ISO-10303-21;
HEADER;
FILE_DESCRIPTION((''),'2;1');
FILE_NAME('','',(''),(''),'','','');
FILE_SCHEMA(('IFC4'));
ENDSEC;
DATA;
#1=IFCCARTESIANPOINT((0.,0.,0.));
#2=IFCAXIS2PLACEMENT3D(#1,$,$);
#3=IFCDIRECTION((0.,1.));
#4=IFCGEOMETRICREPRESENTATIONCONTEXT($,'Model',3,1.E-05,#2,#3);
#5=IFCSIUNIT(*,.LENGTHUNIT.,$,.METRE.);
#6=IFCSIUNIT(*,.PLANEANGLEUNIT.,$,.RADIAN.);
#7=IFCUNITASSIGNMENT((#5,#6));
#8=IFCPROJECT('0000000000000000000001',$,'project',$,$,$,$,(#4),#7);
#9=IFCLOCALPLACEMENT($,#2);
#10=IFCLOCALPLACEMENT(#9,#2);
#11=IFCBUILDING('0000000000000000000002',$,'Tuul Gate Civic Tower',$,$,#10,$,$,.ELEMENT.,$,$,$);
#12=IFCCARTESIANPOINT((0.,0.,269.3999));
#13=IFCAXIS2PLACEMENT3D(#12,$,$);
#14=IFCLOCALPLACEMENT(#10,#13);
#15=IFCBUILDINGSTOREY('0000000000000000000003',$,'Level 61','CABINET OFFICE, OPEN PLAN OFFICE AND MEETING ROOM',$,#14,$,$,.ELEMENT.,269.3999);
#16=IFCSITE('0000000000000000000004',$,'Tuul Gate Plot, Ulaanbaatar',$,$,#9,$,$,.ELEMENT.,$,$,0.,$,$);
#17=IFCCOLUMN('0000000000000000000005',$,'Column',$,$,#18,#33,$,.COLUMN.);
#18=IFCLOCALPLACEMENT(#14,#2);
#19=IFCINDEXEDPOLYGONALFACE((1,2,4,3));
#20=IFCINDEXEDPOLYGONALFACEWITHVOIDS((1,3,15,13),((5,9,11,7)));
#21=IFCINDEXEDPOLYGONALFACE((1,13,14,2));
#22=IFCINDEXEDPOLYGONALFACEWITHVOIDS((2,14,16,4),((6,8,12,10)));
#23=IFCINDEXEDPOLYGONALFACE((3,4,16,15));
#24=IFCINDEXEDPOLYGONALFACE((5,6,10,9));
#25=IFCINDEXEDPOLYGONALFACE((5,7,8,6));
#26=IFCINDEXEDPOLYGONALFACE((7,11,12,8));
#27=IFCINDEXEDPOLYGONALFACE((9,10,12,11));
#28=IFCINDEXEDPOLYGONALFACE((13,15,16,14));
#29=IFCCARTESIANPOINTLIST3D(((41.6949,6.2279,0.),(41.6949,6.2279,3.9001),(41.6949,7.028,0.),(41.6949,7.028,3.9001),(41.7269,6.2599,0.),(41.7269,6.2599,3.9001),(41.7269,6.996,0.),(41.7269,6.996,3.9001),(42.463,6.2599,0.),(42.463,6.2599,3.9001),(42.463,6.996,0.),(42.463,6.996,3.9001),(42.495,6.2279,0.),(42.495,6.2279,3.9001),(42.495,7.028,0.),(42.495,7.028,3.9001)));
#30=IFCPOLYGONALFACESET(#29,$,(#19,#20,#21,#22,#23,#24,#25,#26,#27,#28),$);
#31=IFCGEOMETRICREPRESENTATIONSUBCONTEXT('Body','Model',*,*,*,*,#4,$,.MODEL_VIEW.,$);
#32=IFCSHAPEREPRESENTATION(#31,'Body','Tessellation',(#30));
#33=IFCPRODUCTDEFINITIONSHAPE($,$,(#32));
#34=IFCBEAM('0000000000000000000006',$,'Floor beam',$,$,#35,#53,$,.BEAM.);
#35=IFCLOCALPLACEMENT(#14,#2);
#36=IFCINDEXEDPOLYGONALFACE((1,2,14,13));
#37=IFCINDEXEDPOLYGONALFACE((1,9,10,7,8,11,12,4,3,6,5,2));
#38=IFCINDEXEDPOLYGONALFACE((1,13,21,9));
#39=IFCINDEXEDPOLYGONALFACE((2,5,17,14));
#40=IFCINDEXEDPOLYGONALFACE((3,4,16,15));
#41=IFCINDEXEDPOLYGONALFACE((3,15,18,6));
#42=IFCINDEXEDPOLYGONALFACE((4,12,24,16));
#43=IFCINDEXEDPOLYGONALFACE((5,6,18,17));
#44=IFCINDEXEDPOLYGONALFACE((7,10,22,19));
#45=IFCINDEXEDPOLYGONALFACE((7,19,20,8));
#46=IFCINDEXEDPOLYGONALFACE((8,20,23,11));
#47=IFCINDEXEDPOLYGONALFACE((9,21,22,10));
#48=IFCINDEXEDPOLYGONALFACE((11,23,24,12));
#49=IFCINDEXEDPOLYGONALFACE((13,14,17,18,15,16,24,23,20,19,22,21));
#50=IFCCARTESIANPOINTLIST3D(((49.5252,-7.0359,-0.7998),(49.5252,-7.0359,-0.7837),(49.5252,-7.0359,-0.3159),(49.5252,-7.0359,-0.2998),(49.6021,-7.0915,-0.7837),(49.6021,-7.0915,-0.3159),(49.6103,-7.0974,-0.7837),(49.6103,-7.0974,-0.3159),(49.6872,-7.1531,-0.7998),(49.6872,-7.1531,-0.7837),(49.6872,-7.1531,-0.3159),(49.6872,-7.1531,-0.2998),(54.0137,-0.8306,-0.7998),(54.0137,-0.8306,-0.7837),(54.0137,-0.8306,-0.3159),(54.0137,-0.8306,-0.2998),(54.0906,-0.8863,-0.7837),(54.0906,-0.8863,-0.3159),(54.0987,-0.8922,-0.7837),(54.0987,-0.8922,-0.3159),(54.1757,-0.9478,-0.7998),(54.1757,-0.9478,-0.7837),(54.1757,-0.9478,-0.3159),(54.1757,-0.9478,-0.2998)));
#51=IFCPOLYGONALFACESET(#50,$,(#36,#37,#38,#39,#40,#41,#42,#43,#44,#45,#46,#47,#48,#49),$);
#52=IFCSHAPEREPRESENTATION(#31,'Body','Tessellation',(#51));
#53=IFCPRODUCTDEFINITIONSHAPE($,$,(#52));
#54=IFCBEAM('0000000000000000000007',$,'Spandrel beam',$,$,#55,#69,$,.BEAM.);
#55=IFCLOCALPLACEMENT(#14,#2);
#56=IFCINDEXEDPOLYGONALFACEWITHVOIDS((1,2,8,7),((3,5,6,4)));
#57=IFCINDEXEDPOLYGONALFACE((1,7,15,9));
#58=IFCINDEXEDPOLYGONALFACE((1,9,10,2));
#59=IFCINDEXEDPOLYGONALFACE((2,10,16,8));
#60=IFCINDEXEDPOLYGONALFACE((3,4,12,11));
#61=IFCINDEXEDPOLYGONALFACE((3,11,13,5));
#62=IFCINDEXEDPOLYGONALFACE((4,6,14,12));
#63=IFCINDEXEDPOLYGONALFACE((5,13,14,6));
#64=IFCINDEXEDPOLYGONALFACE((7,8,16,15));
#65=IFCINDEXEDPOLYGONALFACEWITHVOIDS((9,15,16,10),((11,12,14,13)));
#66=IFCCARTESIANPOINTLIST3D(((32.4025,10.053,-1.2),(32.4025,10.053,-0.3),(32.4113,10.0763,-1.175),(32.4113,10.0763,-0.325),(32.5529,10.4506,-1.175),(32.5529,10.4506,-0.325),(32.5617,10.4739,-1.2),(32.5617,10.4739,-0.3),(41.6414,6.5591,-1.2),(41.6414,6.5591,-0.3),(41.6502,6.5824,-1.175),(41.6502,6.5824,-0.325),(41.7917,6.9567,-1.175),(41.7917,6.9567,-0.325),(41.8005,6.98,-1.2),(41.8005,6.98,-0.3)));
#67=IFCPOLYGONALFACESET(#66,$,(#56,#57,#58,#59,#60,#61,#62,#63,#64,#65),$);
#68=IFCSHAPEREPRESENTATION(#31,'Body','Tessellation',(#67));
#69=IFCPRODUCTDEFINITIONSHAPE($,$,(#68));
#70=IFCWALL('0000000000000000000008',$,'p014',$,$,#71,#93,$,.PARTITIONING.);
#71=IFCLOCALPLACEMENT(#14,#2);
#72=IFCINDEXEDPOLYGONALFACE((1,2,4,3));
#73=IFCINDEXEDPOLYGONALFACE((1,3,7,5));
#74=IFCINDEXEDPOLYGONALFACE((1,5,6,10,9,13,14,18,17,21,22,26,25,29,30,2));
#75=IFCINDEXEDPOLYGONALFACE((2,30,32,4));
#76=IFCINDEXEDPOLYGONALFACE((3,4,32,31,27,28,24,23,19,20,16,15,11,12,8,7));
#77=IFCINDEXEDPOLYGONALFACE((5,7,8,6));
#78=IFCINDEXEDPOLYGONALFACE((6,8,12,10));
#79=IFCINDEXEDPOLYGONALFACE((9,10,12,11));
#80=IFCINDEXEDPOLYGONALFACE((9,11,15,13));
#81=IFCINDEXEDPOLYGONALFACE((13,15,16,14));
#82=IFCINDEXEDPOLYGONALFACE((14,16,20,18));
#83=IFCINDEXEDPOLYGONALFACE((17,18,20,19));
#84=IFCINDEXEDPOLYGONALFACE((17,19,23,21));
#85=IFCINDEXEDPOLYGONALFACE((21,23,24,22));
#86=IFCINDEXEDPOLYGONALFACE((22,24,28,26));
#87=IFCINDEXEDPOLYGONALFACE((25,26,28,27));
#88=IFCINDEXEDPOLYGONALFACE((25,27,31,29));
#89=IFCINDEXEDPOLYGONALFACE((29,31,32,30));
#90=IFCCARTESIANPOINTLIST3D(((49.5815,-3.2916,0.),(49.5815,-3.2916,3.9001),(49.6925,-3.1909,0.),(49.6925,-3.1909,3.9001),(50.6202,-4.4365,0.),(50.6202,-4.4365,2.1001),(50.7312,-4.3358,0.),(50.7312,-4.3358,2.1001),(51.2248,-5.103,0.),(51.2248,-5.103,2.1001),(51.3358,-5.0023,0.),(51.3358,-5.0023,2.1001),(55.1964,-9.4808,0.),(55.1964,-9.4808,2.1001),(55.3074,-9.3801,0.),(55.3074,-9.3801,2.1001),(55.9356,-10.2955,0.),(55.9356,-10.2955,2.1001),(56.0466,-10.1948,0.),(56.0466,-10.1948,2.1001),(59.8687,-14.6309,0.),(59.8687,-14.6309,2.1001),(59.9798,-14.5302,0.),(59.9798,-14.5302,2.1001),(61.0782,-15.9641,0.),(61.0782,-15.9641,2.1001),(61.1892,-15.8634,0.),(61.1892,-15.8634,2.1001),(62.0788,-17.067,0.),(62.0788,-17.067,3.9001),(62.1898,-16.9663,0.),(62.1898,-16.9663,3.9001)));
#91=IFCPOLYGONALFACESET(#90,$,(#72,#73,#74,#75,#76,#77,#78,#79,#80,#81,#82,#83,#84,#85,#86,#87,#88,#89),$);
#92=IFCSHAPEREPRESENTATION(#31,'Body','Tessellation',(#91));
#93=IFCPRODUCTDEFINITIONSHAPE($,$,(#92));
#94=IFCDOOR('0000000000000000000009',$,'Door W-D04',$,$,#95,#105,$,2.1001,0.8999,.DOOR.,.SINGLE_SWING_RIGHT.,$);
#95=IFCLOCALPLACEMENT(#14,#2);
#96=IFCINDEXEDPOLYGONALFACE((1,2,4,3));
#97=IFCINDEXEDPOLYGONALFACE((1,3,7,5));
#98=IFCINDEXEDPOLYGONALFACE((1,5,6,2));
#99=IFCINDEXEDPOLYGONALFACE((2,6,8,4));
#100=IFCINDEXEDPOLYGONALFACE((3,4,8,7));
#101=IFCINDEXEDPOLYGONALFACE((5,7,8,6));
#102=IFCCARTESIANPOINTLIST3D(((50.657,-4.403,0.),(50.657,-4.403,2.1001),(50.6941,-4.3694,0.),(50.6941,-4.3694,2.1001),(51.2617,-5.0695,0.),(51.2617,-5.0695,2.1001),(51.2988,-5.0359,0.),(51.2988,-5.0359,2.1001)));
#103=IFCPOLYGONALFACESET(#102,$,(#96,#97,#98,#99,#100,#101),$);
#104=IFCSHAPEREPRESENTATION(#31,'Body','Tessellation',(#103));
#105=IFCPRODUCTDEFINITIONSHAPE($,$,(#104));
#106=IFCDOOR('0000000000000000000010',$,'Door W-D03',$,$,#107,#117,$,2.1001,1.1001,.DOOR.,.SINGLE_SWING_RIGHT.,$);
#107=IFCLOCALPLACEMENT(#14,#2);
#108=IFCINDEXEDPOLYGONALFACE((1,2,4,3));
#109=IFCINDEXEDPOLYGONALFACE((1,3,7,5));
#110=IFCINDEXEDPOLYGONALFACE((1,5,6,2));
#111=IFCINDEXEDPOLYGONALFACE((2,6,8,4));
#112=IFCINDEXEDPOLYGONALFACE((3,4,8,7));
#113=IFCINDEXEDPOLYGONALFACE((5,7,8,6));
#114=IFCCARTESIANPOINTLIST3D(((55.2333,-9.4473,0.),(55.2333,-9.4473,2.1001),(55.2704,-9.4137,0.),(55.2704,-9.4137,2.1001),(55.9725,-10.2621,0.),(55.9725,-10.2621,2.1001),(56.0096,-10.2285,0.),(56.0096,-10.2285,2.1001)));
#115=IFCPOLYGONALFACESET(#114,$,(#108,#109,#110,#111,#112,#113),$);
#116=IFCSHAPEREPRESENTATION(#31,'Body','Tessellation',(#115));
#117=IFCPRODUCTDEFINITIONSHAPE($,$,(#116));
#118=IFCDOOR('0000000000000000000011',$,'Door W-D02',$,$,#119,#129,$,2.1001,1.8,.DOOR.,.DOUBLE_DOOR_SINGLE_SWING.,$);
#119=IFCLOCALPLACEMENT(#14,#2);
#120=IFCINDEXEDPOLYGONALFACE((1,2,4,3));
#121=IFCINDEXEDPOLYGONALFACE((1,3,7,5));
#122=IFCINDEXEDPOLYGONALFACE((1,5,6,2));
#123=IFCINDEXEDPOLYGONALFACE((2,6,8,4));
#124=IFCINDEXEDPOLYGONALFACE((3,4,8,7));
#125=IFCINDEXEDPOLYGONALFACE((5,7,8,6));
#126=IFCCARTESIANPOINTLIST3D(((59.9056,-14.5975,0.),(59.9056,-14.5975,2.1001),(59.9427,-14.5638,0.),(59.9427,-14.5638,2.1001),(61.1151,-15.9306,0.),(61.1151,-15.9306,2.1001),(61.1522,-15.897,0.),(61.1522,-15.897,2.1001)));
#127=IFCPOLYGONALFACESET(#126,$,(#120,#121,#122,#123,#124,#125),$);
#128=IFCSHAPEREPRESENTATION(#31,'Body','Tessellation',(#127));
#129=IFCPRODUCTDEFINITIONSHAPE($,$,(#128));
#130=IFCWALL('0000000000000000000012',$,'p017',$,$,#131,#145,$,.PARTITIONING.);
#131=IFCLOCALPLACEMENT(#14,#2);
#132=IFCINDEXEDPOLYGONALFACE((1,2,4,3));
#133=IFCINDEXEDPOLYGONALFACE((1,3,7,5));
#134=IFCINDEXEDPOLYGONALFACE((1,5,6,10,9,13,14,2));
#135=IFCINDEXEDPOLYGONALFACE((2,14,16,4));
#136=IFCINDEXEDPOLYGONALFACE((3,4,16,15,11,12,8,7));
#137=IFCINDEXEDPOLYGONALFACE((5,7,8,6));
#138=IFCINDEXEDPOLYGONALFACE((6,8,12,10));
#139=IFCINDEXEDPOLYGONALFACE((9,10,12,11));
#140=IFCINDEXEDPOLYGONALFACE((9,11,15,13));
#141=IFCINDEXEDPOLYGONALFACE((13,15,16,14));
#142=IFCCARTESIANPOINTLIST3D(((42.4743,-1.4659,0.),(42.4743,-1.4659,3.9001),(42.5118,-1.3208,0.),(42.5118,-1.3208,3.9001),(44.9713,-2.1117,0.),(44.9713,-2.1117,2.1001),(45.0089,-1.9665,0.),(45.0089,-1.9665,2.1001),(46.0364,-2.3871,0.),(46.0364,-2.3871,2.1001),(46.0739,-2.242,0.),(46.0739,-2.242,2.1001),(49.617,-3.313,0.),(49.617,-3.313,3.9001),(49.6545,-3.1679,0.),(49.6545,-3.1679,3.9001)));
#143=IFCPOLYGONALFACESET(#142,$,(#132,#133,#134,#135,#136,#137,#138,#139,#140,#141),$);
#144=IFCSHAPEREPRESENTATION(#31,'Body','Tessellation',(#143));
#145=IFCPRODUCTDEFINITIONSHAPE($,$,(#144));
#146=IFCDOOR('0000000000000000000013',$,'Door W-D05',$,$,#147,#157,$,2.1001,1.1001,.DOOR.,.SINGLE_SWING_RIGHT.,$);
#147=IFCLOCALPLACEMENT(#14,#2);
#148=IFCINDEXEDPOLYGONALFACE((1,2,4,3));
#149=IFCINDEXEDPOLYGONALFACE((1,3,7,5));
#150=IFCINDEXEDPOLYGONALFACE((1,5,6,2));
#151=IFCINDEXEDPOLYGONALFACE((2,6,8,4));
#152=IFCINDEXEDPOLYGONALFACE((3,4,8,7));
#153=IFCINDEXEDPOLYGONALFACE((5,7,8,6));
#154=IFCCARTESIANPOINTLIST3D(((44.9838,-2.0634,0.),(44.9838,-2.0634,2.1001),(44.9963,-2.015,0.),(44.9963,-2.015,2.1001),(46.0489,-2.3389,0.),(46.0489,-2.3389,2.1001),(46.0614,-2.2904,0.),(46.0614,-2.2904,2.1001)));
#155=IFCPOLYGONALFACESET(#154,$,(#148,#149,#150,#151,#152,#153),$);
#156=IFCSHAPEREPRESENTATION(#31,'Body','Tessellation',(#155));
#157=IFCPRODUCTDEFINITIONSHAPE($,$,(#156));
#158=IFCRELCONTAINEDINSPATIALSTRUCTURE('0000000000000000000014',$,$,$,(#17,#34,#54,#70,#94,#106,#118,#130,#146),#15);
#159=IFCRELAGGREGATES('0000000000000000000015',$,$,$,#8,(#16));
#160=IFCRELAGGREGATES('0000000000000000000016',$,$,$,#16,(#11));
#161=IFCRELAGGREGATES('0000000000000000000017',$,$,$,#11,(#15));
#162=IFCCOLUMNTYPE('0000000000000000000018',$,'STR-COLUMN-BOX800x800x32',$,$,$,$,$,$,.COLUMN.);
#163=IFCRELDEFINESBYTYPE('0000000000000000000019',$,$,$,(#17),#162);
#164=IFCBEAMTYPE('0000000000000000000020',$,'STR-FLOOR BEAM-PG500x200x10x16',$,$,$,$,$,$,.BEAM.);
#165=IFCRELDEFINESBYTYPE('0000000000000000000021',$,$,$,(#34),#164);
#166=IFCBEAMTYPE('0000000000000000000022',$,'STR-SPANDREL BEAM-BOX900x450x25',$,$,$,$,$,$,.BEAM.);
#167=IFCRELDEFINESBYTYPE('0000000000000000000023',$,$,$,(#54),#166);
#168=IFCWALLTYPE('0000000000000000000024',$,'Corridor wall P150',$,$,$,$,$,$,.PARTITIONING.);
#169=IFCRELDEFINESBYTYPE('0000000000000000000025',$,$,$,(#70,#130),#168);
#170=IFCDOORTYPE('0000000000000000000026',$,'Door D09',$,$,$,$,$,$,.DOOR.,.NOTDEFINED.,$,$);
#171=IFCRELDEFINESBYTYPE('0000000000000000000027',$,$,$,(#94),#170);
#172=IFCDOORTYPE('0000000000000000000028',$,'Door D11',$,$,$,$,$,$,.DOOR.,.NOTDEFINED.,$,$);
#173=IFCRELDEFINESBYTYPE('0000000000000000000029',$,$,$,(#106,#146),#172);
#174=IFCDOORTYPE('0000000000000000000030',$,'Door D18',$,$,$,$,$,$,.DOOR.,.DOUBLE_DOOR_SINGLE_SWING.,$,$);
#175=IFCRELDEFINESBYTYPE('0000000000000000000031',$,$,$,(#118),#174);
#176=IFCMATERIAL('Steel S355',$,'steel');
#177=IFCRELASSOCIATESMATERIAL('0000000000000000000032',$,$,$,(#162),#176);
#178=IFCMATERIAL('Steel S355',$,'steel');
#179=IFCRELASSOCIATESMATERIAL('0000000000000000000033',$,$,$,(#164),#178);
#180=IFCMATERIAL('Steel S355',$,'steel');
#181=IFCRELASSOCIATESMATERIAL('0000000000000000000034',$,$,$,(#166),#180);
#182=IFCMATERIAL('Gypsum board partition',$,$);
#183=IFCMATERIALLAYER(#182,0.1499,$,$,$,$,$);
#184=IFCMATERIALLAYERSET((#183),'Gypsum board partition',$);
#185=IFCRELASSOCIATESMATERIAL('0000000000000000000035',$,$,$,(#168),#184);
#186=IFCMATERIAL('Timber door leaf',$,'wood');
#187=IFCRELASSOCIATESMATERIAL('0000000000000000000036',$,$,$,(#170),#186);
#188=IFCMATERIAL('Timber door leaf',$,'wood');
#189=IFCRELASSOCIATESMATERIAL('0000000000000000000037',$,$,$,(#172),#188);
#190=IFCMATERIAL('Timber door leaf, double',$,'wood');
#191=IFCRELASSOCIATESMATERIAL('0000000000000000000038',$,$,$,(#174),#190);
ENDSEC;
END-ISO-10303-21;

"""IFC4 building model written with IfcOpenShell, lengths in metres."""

from ifc_helpers import new_model, si_unit, direction, frame, frame_2d, origin, origin_2d, place, context, subcontext, project, spatial, rectangle, hollow_rectangle, i_section, extrude, material, layer, layer_set, material_profile, profile_set, type_object, element, fill, save


model = new_model("IFC4")

# Units and contexts
model_context = context("Model", 3, precision=1e-05, world=origin(), true_north=direction((0.0, 1.0)))
body_context = subcontext(model_context, "Body", "Model", "MODEL_VIEW")
ifc_project = project(units=[si_unit("LENGTHUNIT", "METRE"), si_unit("PLANEANGLEUNIT", "RADIAN")], contexts=[model_context])

# Site, building, storey
site_placement = place(None, origin())
site = spatial("IfcSite", under=ifc_project, at=site_placement, Name="Tuul Gate Plot, Ulaanbaatar", CompositionType="ELEMENT", RefElevation=0.0)
building_placement = place(site_placement, origin())
building = spatial("IfcBuilding", under=site, at=building_placement, Name="Tuul Gate Civic Tower", CompositionType="ELEMENT")
storey_placement = place(building_placement, frame((0.0, 0.0, 269.3999)))
storey = spatial("IfcBuildingStorey", under=building, at=storey_placement, Name="Level 61", Description="CABINET OFFICE, OPEN PLAN OFFICE AND MEETING ROOM", CompositionType="ELEMENT", Elevation=269.3999)

# Column
ifc_material_1 = material(Name="Steel S355", Category="steel")
ifc_material_profile_1 = material_profile(ifc_material_1, hollow_rectangle(XDim=0.8, YDim=0.8, WallThickness=0.032, at=origin_2d()), Name="BOX800x800x32")
ifc_profile_set_1 = profile_set([ifc_material_profile_1], Name="Steel S355")
column_type = type_object("IfcColumnType", Name="STR-COLUMN-BOX800x800x32", PredefinedType="COLUMN", material=ifc_profile_set_1)
column_placement = place(storey_placement, frame((42.095, 6.6279, 0.0), z_axis=(0.0, 0.0, 1.0), x_axis=(1.0, 0.0, 0.0)))
element("IfcColumn", 1, at=column_placement, inside=storey, type_object=column_type, Name="Column", PredefinedType="COLUMN", context=body_context, shape_type="SweptSolid", body=[
    extrude(hollow_rectangle(XDim=0.8, YDim=0.8, WallThickness=0.032, at=origin_2d()), origin(), (0.0, 0.0, 1.0), 3.9001),
])

# Beams
ifc_material_2 = material(Name="Steel S355", Category="steel")
ifc_material_profile_2 = material_profile(ifc_material_2, i_section(OverallWidth=0.2, OverallDepth=0.5, WebThickness=0.01, FlangeThickness=0.0161, at=origin_2d()), Name="PG500x200x10x16")
ifc_profile_set_2 = profile_set([ifc_material_profile_2], Name="Steel S355")
beam_type_1 = type_object("IfcBeamType", Name="STR-FLOOR BEAM-PG500x200x10x16", PredefinedType="BEAM", material=ifc_profile_set_2)
beam_1_placement = place(storey_placement, frame((49.6062, -7.0945, -0.5498), z_axis=(0.586083, 0.810251, 0.0), x_axis=(-0.810251, 0.586083, 0.0)))
element("IfcBeam", 2, at=beam_1_placement, inside=storey, type_object=beam_type_1, Name="Floor beam", PredefinedType="BEAM", context=body_context, shape_type="SweptSolid", body=[
    extrude(i_section(OverallWidth=0.2, OverallDepth=0.5, WebThickness=0.01, FlangeThickness=0.0161, at=origin_2d()), origin(), (0.0, 0.0, 1.0), 7.6584),
])
ifc_material_3 = material(Name="Steel S355", Category="steel")
ifc_material_profile_3 = material_profile(ifc_material_3, hollow_rectangle(XDim=0.45, YDim=0.8999, WallThickness=0.0249, at=origin_2d()), Name="BOX900x450x25")
ifc_profile_set_3 = profile_set([ifc_material_profile_3], Name="Steel S355")
beam_type_2 = type_object("IfcBeamType", Name="STR-SPANDREL BEAM-BOX900x450x25", PredefinedType="BEAM", material=ifc_profile_set_3)
beam_2_placement = place(storey_placement, frame((41.7209, 6.7695, -0.75), z_axis=(-0.935348, 0.353728, 0.0), x_axis=(-0.353728, -0.935348, 0.0)))
element("IfcBeam", 3, at=beam_2_placement, inside=storey, type_object=beam_type_2, Name="Spandrel beam", PredefinedType="BEAM", context=body_context, shape_type="SweptSolid", body=[
    extrude(hollow_rectangle(XDim=0.45, YDim=0.8999, WallThickness=0.0249, at=origin_2d()), origin(), (0.0, 0.0, 1.0), 9.8774),
])

# Wall, openings, doors
ifc_material_4 = material(Name="Gypsum board partition")
ifc_layer_1 = layer(ifc_material_4, 0.1499)
ifc_layer_set_1 = layer_set([ifc_layer_1], Name="Gypsum board partition")
wall_type_1 = type_object("IfcWallType", Name="Corridor wall P150", PredefinedType="PARTITIONING", material=ifc_layer_set_1)
wall_1_placement = place(storey_placement, frame((49.637, -3.2412, 0.0), z_axis=(0.0, 0.0, 1.0), x_axis=(0.671914, -0.740629, 0.0)))
wall_1 = element("IfcWall", 4, at=wall_1_placement, inside=storey, type_object=wall_type_1, Name="p014", PredefinedType="PARTITIONING", context=body_context, shape_type="SweptSolid", body=[
    extrude(rectangle(XDim=18.5996, YDim=0.1499, at=frame_2d((9.2998, 0.0))), origin(), (0.0, 0.0, 1.0), 3.9001),
])
opening_1_placement = place(wall_1_placement, frame((15.3105, 0.0, 0.0)))
opening_1 = element("IfcOpeningElement", 5, at=opening_1_placement, cuts=wall_1, PredefinedType="OPENING", context=body_context, shape_type="SweptSolid", body=[
    extrude(rectangle(XDim=1.8, YDim=2.1001, at=frame_2d((0.8999, 1.05))), frame((0.0, 0.085, 0.0), z_axis=(0.0, -1.0, 0.0), x_axis=(1.0, 0.0, 0.0)), (0.0, 0.0, 1.0), 0.1699),
])
opening_2_placement = place(wall_1_placement, frame((8.3567, 0.0, 0.0)))
opening_2 = element("IfcOpeningElement", 6, at=opening_2_placement, cuts=wall_1, PredefinedType="OPENING", context=body_context, shape_type="SweptSolid", body=[
    extrude(rectangle(XDim=1.1001, YDim=2.1001, at=frame_2d((0.55, 1.05))), frame((0.0, 0.085, 0.0), z_axis=(0.0, -1.0, 0.0), x_axis=(1.0, 0.0, 0.0)), (0.0, 0.0, 1.0), 0.1699),
])
opening_3_placement = place(wall_1_placement, frame((1.5459, 0.0, 0.0)))
opening_3 = element("IfcOpeningElement", 7, at=opening_3_placement, cuts=wall_1, PredefinedType="OPENING", context=body_context, shape_type="SweptSolid", body=[
    extrude(rectangle(XDim=0.8999, YDim=2.1001, at=frame_2d((0.45, 1.05))), frame((0.0, 0.085, 0.0), z_axis=(0.0, -1.0, 0.0), x_axis=(1.0, 0.0, 0.0)), (0.0, 0.0, 1.0), 0.1699),
])
ifc_material_5 = material(Name="Timber door leaf", Category="wood")
door_type_1 = type_object("IfcDoorType", Name="Door D09", OperationType="NOTDEFINED", PredefinedType="DOOR", material=ifc_material_5)
door_1_placement = place(opening_3_placement, origin())
door_1 = element("IfcDoor", 8, at=door_1_placement, inside=storey, type_object=door_type_1, Name="Door W-D04", OperationType="SINGLE_SWING_RIGHT", OverallHeight=2.1001, OverallWidth=0.8999, PredefinedType="DOOR", context=body_context, shape_type="SweptSolid", body=[
    extrude(rectangle(XDim=0.8999, YDim=2.1001, at=frame_2d((0.45, 1.05))), frame((0.0, 0.0249, 0.0), z_axis=(0.0, -1.0, 0.0), x_axis=(1.0, 0.0, 0.0)), (0.0, 0.0, 1.0), 0.05),
])
fill(opening_3, door_1)
ifc_material_6 = material(Name="Timber door leaf", Category="wood")
door_type_2 = type_object("IfcDoorType", Name="Door D11", OperationType="NOTDEFINED", PredefinedType="DOOR", material=ifc_material_6)
door_2_placement = place(opening_2_placement, origin())
door_2 = element("IfcDoor", 9, at=door_2_placement, inside=storey, type_object=door_type_2, Name="Door W-D03", OperationType="SINGLE_SWING_RIGHT", OverallHeight=2.1001, OverallWidth=1.1001, PredefinedType="DOOR", context=body_context, shape_type="SweptSolid", body=[
    extrude(rectangle(XDim=1.1001, YDim=2.1001, at=frame_2d((0.55, 1.05))), frame((0.0, 0.0249, 0.0), z_axis=(0.0, -1.0, 0.0), x_axis=(1.0, 0.0, 0.0)), (0.0, 0.0, 1.0), 0.05),
])
fill(opening_2, door_2)
ifc_material_7 = material(Name="Timber door leaf, double", Category="wood")
door_type_3 = type_object("IfcDoorType", Name="Door D18", OperationType="DOUBLE_DOOR_SINGLE_SWING", PredefinedType="DOOR", material=ifc_material_7)
door_3_placement = place(opening_1_placement, origin())
door_3 = element("IfcDoor", 10, at=door_3_placement, inside=storey, type_object=door_type_3, Name="Door W-D02", OperationType="DOUBLE_DOOR_SINGLE_SWING", OverallHeight=2.1001, OverallWidth=1.8, PredefinedType="DOOR", context=body_context, shape_type="SweptSolid", body=[
    extrude(rectangle(XDim=1.8, YDim=2.1001, at=frame_2d((0.8999, 1.05))), frame((0.0, 0.0249, 0.0), z_axis=(0.0, -1.0, 0.0), x_axis=(1.0, 0.0, 0.0)), (0.0, 0.0, 1.0), 0.05),
])
fill(opening_1, door_3)

# Wall, opening, door
wall_2_placement = place(storey_placement, frame((42.4929, -1.3933, 0.0), z_axis=(0.0, 0.0, 1.0), x_axis=(0.968151, -0.250368, 0.0)))
wall_2 = element("IfcWall", 11, at=wall_2_placement, inside=storey, type_object=wall_type_1, Name="p017", PredefinedType="PARTITIONING", context=body_context, shape_type="SweptSolid", body=[
    extrude(rectangle(XDim=7.3777, YDim=0.1499, at=frame_2d((3.689, 0.0))), origin(), (0.0, 0.0, 1.0), 3.9001),
])
opening_4_placement = place(wall_2_placement, frame((2.5793, 0.0, 0.0)))
opening_4 = element("IfcOpeningElement", 12, at=opening_4_placement, cuts=wall_2, PredefinedType="OPENING", context=body_context, shape_type="SweptSolid", body=[
    extrude(rectangle(XDim=1.1001, YDim=2.1001, at=frame_2d((0.55, 1.05))), frame((0.0, 0.085, 0.0), z_axis=(0.0, -1.0, 0.0), x_axis=(1.0, 0.0, 0.0)), (0.0, 0.0, 1.0), 0.1699),
])
door_4_placement = place(opening_4_placement, origin())
door_4 = element("IfcDoor", 13, at=door_4_placement, inside=storey, type_object=door_type_2, Name="Door W-D05", OperationType="SINGLE_SWING_RIGHT", OverallHeight=2.1001, OverallWidth=1.1001, PredefinedType="DOOR", context=body_context, shape_type="SweptSolid", body=[
    extrude(rectangle(XDim=1.1001, YDim=2.1001, at=frame_2d((0.55, 1.05))), frame((0.0, 0.0249, 0.0), z_axis=(0.0, -1.0, 0.0), x_axis=(1.0, 0.0, 0.0)), (0.0, 0.0, 1.0), 0.05),
])
fill(opening_4, door_4)

save(model, "model.ifc")
